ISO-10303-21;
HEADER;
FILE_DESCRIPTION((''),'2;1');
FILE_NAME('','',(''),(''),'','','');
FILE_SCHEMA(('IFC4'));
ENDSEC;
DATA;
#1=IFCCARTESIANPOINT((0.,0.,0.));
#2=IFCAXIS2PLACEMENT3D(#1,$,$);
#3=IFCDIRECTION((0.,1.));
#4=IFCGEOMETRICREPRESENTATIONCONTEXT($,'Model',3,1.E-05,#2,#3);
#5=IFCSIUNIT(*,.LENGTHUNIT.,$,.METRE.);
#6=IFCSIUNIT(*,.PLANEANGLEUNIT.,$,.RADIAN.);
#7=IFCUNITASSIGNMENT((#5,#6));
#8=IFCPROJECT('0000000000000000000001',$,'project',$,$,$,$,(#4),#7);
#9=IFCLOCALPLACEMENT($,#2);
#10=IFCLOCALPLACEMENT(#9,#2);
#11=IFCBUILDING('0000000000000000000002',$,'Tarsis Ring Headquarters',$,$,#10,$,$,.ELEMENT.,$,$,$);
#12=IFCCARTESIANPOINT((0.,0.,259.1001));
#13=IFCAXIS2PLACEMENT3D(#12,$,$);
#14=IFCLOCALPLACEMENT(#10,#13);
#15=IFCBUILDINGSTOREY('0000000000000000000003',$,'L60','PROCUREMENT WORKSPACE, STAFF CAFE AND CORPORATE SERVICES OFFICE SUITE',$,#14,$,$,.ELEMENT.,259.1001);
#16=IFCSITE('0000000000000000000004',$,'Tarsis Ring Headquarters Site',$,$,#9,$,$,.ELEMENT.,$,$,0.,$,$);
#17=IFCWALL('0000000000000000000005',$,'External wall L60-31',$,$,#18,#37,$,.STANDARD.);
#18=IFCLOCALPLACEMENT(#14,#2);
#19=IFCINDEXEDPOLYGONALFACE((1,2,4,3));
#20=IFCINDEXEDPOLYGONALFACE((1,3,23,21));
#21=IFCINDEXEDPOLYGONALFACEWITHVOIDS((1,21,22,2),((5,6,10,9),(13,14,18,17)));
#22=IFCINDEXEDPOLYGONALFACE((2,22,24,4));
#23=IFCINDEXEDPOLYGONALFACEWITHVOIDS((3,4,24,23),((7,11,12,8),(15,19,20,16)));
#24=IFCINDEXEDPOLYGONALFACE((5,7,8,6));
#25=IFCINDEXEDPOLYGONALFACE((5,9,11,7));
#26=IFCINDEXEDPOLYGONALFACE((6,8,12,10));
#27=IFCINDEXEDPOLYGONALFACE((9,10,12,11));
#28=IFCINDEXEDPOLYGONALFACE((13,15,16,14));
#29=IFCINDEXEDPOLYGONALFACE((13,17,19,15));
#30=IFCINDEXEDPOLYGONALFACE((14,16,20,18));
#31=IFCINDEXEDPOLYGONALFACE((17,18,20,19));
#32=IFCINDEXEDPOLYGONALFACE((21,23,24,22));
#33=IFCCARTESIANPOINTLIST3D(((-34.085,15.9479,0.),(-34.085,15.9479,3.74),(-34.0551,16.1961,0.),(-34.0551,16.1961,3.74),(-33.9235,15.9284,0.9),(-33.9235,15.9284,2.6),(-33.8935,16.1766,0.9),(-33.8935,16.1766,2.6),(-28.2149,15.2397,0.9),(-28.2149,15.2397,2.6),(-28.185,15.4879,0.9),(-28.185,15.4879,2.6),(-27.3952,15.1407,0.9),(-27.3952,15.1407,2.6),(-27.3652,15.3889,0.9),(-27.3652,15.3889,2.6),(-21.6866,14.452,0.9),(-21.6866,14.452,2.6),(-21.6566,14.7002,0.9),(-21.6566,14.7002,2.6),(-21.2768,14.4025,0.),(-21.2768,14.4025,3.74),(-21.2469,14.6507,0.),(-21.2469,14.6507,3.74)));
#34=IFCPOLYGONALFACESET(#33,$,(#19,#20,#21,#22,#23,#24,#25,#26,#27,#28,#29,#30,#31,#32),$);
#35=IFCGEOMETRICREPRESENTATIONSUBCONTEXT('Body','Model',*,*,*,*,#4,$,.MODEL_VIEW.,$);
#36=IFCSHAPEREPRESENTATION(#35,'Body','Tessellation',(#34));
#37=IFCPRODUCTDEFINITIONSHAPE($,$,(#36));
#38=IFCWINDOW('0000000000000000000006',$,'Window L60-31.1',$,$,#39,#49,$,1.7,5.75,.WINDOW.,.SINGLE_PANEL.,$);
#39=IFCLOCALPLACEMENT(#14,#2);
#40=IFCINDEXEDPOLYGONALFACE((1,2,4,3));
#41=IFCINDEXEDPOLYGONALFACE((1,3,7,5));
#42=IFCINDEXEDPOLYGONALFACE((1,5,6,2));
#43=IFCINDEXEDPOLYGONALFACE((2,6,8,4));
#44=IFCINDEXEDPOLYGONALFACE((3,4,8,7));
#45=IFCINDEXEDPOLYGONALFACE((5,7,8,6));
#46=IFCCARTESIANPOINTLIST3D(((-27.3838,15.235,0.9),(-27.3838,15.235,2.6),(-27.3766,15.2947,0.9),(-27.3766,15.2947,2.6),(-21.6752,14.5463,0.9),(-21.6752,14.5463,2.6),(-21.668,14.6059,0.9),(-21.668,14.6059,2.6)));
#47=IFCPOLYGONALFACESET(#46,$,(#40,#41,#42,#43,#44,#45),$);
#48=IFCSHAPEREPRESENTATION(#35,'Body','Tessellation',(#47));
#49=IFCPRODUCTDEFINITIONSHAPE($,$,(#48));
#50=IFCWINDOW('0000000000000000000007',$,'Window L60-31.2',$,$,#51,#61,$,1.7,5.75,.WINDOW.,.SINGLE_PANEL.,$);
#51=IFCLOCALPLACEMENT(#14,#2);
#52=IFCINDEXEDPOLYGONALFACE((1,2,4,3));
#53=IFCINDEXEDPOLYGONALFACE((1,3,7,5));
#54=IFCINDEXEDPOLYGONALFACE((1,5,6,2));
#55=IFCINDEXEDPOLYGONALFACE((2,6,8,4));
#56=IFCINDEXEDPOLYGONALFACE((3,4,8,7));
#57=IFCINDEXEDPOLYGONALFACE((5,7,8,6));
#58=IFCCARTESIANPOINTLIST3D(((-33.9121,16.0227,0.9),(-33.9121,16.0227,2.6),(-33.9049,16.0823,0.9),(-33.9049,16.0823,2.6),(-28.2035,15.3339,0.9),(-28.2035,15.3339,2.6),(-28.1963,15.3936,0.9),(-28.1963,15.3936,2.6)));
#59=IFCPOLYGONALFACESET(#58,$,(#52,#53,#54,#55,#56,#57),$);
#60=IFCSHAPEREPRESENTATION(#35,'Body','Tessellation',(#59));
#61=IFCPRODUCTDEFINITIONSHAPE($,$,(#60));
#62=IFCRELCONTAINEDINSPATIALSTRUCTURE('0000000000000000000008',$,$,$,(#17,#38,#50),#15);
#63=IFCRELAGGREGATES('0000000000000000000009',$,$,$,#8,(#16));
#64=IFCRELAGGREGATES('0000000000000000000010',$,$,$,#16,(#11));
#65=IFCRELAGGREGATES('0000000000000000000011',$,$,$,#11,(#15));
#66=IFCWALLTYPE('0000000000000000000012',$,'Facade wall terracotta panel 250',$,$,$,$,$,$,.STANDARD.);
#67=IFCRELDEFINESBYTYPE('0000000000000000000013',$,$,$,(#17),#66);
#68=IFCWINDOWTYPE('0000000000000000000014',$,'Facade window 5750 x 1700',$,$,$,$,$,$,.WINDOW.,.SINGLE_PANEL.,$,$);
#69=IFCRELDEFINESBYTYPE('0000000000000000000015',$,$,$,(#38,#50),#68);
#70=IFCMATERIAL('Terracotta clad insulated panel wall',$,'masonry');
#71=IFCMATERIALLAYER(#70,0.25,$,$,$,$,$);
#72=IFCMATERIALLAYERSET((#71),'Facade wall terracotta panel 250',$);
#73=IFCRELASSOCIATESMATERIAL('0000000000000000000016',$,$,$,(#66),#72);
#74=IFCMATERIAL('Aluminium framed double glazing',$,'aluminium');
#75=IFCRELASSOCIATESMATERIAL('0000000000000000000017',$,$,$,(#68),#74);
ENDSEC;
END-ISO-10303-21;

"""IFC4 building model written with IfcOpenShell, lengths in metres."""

from ifc_helpers import new_model, si_unit, direction, frame, frame_2d, origin, place, context, subcontext, project, spatial, rectangle, extrude, material, layer, layer_set, type_object, element, fill, save


model = new_model("IFC4")

# Units and contexts
model_context = context("Model", 3, precision=1e-05, world=origin(), true_north=direction((0.0, 1.0)))
body_context = subcontext(model_context, "Body", "Model", "MODEL_VIEW")
ifc_project = project(units=[si_unit("LENGTHUNIT", "METRE"), si_unit("PLANEANGLEUNIT", "RADIAN")], contexts=[model_context])

# Site, building, storey
site_placement = place(None, origin())
site = spatial("IfcSite", under=ifc_project, at=site_placement, Name="Tarsis Ring Headquarters Site", CompositionType="ELEMENT", RefElevation=0.0)
building_placement = place(site_placement, origin())
building = spatial("IfcBuilding", under=site, at=building_placement, Name="Tarsis Ring Headquarters", CompositionType="ELEMENT")
storey_placement = place(building_placement, frame((0.0, 0.0, 259.1001)))
storey = spatial("IfcBuildingStorey", under=building, at=storey_placement, Name="L60", Description="PROCUREMENT WORKSPACE, STAFF CAFE AND CORPORATE SERVICES OFFICE SUITE", CompositionType="ELEMENT", Elevation=259.1001)

# Wall, openings, windows
ifc_material_1 = material(Name="Terracotta clad insulated panel wall", Category="masonry")
ifc_layer_1 = layer(ifc_material_1, 0.25)
ifc_layer_set_1 = layer_set([ifc_layer_1], Name="Facade wall terracotta panel 250")
wall_type_1 = type_object("IfcWallType", Name="Facade wall terracotta panel 250", PredefinedType="STANDARD", material=ifc_layer_set_1)
wall_1_placement = place(storey_placement, frame((-21.2617, 14.5266, 0.0), z_axis=(0.0, 0.0, 1.0), x_axis=(-0.9928, 0.119788, 0.0)))
wall_1 = element("IfcWall", 1, at=wall_1_placement, inside=storey, type_object=wall_type_1, Name="External wall L60-31", PredefinedType="STANDARD", context=body_context, shape_type="SweptSolid", body=[
    extrude(rectangle(XDim=12.9011, YDim=0.25, at=frame_2d((6.4507, 0.0))), origin(), (0.0, 0.0, 1.0), 3.74),
])
opening_1_placement = place(wall_1_placement, frame((0.4128, 0.0, 0.8999)))
opening_1 = element("IfcOpeningElement", 2, at=opening_1_placement, cuts=wall_1, PredefinedType="OPENING", context=body_context, shape_type="SweptSolid", body=[
    extrude(rectangle(XDim=5.75, YDim=1.7, at=frame_2d((2.875, 0.8501))), frame((0.0, 0.135, 0.0), z_axis=(0.0, -1.0, 0.0), x_axis=(1.0, 0.0, 0.0)), (0.0, 0.0, 1.0), 0.27),
])
opening_2_placement = place(wall_1_placement, frame((6.9885, 0.0, 0.8999)))
opening_2 = element("IfcOpeningElement", 3, at=opening_2_placement, cuts=wall_1, PredefinedType="OPENING", context=body_context, shape_type="SweptSolid", body=[
    extrude(rectangle(XDim=5.75, YDim=1.7, at=frame_2d((2.875, 0.8501))), frame((0.0, 0.135, 0.0), z_axis=(0.0, -1.0, 0.0), x_axis=(1.0, 0.0, 0.0)), (0.0, 0.0, 1.0), 0.27),
])
ifc_material_2 = material(Name="Aluminium framed double glazing", Category="aluminium")
window_type = type_object("IfcWindowType", Name="Facade window 5750 x 1700", PartitioningType="SINGLE_PANEL", PredefinedType="WINDOW", material=ifc_material_2)
window_1_placement = place(opening_1_placement, origin())
window_1 = element("IfcWindow", 4, at=window_1_placement, inside=storey, type_object=window_type, Name="Window L60-31.1", OverallHeight=1.7, OverallWidth=5.75, PartitioningType="SINGLE_PANEL", PredefinedType="WINDOW", context=body_context, shape_type="SweptSolid", body=[
    extrude(rectangle(XDim=5.75, YDim=1.7, at=frame_2d((2.875, 0.8501))), frame((0.0, 0.03, 0.0), z_axis=(0.0, -1.0, 0.0), x_axis=(1.0, 0.0, 0.0)), (0.0, 0.0, 1.0), 0.0601),
])
fill(opening_1, window_1)
window_2_placement = place(opening_2_placement, origin())
window_2 = element("IfcWindow", 5, at=window_2_placement, inside=storey, type_object=window_type, Name="Window L60-31.2", OverallHeight=1.7, OverallWidth=5.75, PartitioningType="SINGLE_PANEL", PredefinedType="WINDOW", context=body_context, shape_type="SweptSolid", body=[
    extrude(rectangle(XDim=5.75, YDim=1.7, at=frame_2d((2.875, 0.8501))), frame((0.0, 0.03, 0.0), z_axis=(0.0, -1.0, 0.0), x_axis=(1.0, 0.0, 0.0)), (0.0, 0.0, 1.0), 0.0601),
])
fill(opening_2, window_2)

save(model, "model.ifc")
